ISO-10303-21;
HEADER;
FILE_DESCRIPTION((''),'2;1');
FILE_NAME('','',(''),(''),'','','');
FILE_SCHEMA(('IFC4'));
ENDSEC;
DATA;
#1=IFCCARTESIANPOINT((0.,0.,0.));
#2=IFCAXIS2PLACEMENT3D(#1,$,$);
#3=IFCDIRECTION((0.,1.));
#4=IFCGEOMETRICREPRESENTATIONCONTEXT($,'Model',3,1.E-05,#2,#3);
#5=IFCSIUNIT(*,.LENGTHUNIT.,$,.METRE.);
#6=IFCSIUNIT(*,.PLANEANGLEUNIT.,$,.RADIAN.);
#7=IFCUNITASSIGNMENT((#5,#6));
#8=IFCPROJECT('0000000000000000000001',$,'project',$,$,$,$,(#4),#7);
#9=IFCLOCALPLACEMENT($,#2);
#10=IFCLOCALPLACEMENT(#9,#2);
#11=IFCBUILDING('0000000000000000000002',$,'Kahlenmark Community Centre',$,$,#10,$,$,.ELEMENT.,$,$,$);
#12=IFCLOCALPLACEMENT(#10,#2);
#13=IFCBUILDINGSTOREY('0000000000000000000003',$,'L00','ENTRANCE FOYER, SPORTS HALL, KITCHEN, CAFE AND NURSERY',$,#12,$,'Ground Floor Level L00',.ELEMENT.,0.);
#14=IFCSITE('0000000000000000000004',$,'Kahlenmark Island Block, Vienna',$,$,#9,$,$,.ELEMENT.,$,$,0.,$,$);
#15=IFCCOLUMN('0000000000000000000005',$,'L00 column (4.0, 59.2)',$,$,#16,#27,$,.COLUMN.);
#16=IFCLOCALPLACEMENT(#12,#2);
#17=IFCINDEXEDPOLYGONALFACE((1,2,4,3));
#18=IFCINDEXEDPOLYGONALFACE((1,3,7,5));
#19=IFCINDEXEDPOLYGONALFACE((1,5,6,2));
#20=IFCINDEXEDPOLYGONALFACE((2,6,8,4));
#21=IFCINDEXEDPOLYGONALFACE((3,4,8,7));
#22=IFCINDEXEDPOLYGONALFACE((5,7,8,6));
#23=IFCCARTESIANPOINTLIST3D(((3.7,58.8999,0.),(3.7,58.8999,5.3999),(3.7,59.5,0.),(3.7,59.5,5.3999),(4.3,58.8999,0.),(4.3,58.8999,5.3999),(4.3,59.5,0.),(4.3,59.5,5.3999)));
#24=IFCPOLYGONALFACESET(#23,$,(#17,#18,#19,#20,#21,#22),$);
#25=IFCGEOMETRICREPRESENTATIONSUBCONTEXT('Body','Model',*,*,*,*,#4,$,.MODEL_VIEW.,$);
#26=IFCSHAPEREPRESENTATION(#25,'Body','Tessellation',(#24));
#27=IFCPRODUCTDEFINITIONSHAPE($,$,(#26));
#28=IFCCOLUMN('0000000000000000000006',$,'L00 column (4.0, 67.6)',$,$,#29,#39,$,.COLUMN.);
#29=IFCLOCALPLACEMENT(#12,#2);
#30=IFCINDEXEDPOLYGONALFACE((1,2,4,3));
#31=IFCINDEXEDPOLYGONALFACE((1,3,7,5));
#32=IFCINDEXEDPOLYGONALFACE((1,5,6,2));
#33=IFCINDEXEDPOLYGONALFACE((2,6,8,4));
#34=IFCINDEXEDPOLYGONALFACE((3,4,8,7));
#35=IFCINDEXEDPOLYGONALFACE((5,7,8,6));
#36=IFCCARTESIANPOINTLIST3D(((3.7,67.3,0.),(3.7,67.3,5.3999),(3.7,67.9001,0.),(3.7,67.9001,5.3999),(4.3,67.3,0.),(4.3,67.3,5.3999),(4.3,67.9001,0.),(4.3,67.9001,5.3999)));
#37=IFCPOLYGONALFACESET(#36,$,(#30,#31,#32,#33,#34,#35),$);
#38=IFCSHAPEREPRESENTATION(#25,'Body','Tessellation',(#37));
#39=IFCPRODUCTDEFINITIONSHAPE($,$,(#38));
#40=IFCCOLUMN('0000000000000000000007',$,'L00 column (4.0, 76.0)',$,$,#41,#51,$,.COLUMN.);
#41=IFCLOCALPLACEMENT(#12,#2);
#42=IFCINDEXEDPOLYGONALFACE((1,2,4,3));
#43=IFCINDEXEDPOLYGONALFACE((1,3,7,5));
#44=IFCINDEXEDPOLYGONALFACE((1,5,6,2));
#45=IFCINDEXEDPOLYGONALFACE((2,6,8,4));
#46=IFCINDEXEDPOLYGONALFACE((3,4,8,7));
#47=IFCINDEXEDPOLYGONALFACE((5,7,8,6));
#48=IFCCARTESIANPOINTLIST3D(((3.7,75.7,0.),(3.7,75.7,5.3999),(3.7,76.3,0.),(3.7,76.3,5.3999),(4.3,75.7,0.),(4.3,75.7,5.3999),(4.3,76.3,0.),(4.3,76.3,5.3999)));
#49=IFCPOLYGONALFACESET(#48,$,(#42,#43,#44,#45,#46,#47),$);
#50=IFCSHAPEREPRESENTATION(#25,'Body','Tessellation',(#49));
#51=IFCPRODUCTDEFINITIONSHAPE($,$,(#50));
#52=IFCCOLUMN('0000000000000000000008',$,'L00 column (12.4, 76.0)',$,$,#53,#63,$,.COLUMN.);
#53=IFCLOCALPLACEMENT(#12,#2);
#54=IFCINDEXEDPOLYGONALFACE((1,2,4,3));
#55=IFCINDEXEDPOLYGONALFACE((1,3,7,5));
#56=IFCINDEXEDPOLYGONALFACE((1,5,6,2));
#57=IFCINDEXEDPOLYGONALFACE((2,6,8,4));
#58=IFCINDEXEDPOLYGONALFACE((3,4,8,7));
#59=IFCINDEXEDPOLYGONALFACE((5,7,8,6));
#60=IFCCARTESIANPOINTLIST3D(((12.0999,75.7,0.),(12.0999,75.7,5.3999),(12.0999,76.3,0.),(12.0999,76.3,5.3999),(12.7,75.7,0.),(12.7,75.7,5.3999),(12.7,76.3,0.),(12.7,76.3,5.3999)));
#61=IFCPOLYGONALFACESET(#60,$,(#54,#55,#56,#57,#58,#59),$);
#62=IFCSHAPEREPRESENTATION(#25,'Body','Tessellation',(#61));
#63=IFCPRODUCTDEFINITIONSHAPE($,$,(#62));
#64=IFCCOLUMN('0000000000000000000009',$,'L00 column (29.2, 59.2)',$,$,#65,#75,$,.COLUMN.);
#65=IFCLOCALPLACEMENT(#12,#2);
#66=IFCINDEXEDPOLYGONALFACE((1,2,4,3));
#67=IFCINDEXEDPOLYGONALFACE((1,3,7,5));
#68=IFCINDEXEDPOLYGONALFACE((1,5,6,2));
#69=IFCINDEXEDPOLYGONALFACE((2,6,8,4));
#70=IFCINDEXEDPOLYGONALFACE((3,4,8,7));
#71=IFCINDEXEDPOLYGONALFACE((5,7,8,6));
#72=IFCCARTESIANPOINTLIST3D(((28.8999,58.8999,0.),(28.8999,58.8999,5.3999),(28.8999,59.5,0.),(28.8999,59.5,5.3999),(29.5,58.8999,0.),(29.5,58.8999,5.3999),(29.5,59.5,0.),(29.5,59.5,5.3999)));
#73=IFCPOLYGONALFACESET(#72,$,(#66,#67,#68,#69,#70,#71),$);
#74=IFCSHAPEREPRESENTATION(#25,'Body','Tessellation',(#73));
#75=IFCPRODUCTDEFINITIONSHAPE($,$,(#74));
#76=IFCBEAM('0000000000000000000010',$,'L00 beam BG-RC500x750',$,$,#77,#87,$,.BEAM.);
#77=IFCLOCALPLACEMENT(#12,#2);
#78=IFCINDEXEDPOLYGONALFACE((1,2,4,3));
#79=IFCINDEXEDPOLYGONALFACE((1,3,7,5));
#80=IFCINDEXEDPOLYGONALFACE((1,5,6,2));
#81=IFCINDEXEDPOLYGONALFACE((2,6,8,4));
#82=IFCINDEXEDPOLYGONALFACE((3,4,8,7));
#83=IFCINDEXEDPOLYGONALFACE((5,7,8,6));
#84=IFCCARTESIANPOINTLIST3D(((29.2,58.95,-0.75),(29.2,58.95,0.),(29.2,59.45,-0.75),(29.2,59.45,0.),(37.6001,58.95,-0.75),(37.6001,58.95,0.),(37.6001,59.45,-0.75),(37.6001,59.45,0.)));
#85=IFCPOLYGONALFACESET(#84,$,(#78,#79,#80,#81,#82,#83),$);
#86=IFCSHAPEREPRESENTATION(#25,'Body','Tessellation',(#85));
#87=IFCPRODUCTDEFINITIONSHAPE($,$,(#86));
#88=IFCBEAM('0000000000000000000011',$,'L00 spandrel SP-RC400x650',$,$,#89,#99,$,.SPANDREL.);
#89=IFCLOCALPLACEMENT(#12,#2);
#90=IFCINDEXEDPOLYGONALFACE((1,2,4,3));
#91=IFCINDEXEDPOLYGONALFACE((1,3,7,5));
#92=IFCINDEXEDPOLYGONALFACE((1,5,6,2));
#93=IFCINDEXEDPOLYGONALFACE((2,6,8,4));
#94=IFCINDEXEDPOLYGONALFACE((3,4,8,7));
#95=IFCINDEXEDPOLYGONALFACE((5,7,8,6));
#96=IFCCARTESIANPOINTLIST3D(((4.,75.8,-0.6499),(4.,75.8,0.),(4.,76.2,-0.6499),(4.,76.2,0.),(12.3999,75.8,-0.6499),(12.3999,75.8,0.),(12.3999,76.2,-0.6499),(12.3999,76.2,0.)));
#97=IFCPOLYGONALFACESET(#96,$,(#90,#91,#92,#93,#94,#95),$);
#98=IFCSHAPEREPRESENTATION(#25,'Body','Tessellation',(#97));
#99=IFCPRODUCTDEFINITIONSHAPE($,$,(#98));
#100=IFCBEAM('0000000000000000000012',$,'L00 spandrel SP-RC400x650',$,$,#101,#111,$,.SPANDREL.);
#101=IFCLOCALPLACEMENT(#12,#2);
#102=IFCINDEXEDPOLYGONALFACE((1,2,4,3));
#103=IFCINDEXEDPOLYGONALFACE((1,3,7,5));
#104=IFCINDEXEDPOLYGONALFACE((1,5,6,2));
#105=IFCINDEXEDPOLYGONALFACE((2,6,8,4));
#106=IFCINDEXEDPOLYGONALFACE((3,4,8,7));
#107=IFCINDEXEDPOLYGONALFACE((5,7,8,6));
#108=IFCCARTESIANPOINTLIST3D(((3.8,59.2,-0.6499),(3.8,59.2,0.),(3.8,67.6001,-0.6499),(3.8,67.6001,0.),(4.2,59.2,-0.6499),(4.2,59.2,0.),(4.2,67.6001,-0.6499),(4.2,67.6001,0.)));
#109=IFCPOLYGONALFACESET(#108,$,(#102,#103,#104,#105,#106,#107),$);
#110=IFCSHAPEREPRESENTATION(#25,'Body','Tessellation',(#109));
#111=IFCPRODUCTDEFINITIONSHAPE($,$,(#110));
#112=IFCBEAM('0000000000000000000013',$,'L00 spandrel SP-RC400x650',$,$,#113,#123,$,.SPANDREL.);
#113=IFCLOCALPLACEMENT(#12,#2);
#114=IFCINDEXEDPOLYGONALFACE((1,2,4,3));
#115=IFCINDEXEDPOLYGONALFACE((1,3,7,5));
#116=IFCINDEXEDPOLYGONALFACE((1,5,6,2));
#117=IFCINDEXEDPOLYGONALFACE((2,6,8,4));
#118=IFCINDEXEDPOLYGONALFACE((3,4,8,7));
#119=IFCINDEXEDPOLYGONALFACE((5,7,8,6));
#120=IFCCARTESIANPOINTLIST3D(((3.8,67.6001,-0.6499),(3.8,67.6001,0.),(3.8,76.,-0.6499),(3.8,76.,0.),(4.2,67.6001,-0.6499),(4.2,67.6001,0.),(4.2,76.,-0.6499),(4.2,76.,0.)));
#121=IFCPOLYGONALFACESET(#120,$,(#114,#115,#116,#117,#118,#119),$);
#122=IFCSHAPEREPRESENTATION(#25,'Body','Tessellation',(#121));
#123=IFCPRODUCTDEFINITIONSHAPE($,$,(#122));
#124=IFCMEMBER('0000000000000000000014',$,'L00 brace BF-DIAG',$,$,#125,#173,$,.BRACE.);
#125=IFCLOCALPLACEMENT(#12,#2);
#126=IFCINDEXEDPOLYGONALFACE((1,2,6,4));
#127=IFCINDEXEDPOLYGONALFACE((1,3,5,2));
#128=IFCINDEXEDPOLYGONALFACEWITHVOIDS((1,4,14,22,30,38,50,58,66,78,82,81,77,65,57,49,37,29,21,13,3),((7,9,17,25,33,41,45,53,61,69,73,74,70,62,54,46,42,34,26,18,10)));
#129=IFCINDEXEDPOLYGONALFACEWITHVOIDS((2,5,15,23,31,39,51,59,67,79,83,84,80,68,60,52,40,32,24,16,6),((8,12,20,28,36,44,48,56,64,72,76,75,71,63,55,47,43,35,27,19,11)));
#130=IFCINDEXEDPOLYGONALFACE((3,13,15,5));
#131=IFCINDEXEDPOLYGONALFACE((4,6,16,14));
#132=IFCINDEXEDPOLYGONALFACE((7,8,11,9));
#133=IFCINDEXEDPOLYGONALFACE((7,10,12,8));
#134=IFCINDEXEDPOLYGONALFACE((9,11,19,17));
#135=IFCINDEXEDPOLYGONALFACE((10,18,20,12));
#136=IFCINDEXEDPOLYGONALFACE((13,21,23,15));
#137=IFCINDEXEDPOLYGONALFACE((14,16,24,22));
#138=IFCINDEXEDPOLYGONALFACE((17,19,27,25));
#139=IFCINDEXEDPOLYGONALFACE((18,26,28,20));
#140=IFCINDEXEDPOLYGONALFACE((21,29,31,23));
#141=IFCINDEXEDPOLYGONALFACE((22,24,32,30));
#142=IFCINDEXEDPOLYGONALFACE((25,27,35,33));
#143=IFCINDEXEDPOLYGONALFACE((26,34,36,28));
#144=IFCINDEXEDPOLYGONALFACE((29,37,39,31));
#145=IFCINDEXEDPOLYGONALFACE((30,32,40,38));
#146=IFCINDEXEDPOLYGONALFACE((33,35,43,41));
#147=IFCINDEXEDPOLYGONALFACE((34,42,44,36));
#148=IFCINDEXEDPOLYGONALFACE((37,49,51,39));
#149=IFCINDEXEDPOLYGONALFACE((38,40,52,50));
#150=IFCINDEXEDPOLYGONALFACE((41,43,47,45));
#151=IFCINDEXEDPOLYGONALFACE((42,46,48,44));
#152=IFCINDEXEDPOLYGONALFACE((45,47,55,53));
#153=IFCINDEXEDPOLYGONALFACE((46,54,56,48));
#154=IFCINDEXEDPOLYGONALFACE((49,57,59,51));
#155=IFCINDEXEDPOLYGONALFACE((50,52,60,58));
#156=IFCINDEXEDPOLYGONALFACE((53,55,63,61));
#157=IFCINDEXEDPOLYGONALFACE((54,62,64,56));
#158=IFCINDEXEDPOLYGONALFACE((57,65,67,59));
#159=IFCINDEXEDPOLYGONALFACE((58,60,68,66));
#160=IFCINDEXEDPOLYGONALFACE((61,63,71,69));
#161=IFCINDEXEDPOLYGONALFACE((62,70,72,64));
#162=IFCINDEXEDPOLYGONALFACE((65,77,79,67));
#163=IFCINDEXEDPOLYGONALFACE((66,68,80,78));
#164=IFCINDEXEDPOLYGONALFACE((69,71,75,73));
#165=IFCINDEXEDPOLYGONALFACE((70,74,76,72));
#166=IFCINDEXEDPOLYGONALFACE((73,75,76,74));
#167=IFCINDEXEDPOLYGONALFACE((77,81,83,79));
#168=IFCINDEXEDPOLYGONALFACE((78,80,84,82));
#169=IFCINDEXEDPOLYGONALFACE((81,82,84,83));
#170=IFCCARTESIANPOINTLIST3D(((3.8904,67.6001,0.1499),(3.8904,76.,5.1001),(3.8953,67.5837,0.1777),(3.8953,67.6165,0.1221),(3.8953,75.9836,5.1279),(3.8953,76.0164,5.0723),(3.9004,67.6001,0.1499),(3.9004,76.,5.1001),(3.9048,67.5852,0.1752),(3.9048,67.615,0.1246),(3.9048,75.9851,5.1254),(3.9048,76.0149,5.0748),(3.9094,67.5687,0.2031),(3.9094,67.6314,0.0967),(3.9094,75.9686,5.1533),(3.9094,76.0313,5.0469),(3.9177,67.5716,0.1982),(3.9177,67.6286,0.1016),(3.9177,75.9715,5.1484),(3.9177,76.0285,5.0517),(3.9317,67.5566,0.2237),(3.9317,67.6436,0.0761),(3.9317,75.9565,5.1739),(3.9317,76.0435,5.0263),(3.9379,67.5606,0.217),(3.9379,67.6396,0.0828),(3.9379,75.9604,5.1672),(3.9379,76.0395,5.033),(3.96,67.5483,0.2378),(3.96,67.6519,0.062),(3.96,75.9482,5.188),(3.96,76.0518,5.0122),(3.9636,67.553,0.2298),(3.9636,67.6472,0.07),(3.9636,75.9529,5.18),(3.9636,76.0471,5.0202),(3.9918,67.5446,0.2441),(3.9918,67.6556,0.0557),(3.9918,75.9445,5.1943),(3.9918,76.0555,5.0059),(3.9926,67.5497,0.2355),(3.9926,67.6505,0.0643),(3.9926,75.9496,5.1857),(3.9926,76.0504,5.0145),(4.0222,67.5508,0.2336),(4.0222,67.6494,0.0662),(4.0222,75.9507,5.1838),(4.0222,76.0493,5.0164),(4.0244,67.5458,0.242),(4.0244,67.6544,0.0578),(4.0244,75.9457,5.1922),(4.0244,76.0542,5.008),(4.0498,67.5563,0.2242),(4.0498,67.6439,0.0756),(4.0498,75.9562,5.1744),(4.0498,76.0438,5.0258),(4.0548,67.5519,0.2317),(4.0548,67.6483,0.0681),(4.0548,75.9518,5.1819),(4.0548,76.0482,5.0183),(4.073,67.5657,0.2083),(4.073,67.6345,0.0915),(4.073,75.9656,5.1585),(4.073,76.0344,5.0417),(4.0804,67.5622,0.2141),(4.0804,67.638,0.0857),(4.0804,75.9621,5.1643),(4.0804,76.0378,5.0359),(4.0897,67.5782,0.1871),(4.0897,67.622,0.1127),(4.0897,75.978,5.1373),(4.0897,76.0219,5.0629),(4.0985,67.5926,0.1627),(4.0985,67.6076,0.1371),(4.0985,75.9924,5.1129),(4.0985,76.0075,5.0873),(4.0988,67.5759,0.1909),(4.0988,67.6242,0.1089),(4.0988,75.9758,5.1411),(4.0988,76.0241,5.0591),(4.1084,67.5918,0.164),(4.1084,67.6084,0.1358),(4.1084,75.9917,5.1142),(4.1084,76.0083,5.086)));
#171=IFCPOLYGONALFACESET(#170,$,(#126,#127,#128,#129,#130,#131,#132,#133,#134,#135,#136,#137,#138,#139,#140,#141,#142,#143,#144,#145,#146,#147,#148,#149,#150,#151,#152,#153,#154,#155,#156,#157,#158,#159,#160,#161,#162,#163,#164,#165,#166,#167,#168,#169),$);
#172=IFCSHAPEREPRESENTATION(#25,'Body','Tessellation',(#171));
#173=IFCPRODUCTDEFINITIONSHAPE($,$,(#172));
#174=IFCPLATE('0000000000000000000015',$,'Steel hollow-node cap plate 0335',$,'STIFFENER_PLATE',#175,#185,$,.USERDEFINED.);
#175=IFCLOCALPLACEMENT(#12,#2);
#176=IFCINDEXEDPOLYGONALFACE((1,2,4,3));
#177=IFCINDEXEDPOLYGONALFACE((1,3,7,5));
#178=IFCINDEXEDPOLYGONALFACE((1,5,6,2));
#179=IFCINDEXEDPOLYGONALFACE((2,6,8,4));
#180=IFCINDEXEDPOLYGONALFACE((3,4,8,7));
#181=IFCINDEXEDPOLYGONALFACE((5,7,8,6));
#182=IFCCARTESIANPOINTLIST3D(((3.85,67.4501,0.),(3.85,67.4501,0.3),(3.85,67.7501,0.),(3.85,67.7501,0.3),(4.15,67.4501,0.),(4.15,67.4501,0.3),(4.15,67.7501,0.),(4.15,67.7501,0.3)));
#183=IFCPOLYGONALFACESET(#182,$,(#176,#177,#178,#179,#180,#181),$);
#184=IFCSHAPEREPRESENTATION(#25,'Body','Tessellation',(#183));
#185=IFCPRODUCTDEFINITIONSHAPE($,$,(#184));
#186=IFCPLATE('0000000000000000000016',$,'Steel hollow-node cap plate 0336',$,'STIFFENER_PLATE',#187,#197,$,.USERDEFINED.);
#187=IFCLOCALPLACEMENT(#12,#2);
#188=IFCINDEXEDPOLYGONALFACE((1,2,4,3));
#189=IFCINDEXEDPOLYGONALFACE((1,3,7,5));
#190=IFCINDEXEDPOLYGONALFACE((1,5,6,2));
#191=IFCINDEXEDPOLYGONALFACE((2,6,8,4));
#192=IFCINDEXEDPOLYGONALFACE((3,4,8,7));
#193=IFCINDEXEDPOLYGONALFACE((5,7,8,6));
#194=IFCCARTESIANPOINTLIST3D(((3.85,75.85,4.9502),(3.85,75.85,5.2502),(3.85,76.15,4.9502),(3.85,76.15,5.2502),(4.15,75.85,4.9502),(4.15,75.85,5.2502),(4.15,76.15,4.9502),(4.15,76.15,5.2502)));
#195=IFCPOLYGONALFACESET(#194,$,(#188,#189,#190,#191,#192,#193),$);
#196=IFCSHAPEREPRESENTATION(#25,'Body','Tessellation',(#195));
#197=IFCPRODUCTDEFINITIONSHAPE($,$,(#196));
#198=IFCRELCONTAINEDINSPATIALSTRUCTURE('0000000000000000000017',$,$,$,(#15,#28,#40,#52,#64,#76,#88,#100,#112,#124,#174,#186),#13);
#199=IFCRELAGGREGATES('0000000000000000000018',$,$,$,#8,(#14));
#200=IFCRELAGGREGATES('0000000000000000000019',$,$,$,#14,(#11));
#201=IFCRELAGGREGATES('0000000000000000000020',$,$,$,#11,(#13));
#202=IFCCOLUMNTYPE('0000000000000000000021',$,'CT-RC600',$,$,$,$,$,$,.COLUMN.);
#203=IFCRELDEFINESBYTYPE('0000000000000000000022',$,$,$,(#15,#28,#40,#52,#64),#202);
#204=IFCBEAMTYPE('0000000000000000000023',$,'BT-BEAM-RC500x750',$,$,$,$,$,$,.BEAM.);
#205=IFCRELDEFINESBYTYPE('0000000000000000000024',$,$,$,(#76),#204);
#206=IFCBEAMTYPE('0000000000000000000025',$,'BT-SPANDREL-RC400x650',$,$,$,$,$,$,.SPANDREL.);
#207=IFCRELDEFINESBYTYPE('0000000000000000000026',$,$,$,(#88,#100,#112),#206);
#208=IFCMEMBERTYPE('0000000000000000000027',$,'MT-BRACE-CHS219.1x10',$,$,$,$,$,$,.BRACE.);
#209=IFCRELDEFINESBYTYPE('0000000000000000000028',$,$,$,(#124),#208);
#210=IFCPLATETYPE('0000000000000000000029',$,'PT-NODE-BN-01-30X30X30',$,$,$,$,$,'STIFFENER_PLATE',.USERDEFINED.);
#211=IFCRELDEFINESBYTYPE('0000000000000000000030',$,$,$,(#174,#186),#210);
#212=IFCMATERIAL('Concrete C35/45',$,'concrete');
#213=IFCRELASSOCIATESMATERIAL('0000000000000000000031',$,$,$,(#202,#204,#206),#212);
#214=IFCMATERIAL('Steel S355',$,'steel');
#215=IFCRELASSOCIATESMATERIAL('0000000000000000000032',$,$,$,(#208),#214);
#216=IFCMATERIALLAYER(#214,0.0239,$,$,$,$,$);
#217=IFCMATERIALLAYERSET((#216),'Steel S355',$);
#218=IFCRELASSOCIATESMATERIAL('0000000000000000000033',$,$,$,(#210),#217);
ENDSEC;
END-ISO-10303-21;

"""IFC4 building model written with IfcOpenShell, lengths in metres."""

from ifc_helpers import new_model, si_unit, direction, frame, origin, origin_2d, place, context, subcontext, project, spatial, rectangle, hollow_circle, extrude, material, layer, layer_set, material_profile, profile_set, type_object, element, save


model = new_model("IFC4")

# Units and contexts
model_context = context("Model", 3, precision=1e-05, world=origin(), true_north=direction((0.0, 1.0)))
body_context = subcontext(model_context, "Body", "Model", "MODEL_VIEW")
ifc_project = project(units=[si_unit("LENGTHUNIT", "METRE"), si_unit("PLANEANGLEUNIT", "RADIAN")], contexts=[model_context])

# Site, building, storey
site_placement = place(None, origin())
site = spatial("IfcSite", under=ifc_project, at=site_placement, Name="Kahlenmark Island Block, Vienna", CompositionType="ELEMENT", RefElevation=0.0)
building_placement = place(site_placement, origin())
building = spatial("IfcBuilding", under=site, at=building_placement, Name="Kahlenmark Community Centre", CompositionType="ELEMENT")
storey_placement = place(building_placement, origin())
storey = spatial("IfcBuildingStorey", under=building, at=storey_placement, Name="L00", Description="ENTRANCE FOYER, SPORTS HALL, KITCHEN, CAFE AND NURSERY", LongName="Ground Floor Level L00", CompositionType="ELEMENT", Elevation=0.0)

# Columns
ifc_material_1 = material(Name="Concrete C35/45", Category="concrete")
ifc_material_profile_1 = material_profile(ifc_material_1, rectangle(XDim=0.6001, YDim=0.6001, at=origin_2d()), Name="RC 600x600")
ifc_profile_set_1 = profile_set([ifc_material_profile_1], Name="Concrete C35/45")
column_type = type_object("IfcColumnType", Name="CT-RC600", PredefinedType="COLUMN", material=ifc_profile_set_1)
for number, where, z_axis, x_axis, name in (
    (1, (4.0, 59.2, 0.0), (0.0, 0.0, 1.0), (1.0, 0.0, 0.0), "L00 column (4.0, 59.2)"),
    (2, (4.0, 67.6001, 0.0), (0.0, 0.0, 1.0), (1.0, 0.0, 0.0), "L00 column (4.0, 67.6)"),
    (3, (4.0, 76.0, 0.0), (0.0, 0.0, 1.0), (1.0, 0.0, 0.0), "L00 column (4.0, 76.0)"),
    (4, (12.3999, 76.0, 0.0), (0.0, 0.0, 1.0), (1.0, 0.0, 0.0), "L00 column (12.4, 76.0)"),
    (5, (29.2, 59.2, 0.0), (0.0, 0.0, 1.0), (1.0, 0.0, 0.0), "L00 column (29.2, 59.2)"),
):
    element("IfcColumn", number, at=place(storey_placement, frame(where, z_axis=z_axis, x_axis=x_axis)), inside=storey, type_object=column_type, Name=name, PredefinedType="COLUMN", context=body_context, shape_type="SweptSolid", body=[
        extrude(rectangle(XDim=0.6001, YDim=0.6001, at=origin_2d()), origin(), (0.0, 0.0, 1.0), 5.3999),
    ])

# Beams
ifc_material_profile_2 = material_profile(ifc_material_1, rectangle(XDim=0.5, YDim=0.75, at=origin_2d()), Name="RC 500x750")
ifc_profile_set_2 = profile_set([ifc_material_profile_2], Name="Concrete C35/45")
beam_type_1 = type_object("IfcBeamType", Name="BT-BEAM-RC500x750", PredefinedType="BEAM", material=ifc_profile_set_2)
beam_1_placement = place(storey_placement, frame((29.2, 59.2, -0.375), z_axis=(1.0, 0.0, 0.0), x_axis=(0.0, 1.0, 0.0)))
element("IfcBeam", 6, at=beam_1_placement, inside=storey, type_object=beam_type_1, Name="L00 beam BG-RC500x750", PredefinedType="BEAM", context=body_context, shape_type="SweptSolid", body=[
    extrude(rectangle(XDim=0.5, YDim=0.75, at=origin_2d()), origin(), (0.0, 0.0, 1.0), 8.4001),
])
ifc_material_profile_3 = material_profile(ifc_material_1, rectangle(XDim=0.3999, YDim=0.6499, at=origin_2d()), Name="RC 400x650")
ifc_profile_set_3 = profile_set([ifc_material_profile_3], Name="Concrete C35/45")
beam_type_2 = type_object("IfcBeamType", Name="BT-SPANDREL-RC400x650", PredefinedType="SPANDREL", material=ifc_profile_set_3)
beam_2_placement = place(storey_placement, frame((4.0, 76.0, -0.325), z_axis=(1.0, 0.0, 0.0), x_axis=(0.0, 1.0, 0.0)))
element("IfcBeam", 7, at=beam_2_placement, inside=storey, type_object=beam_type_2, Name="L00 spandrel SP-RC400x650", PredefinedType="SPANDREL", context=body_context, shape_type="SweptSolid", body=[
    extrude(rectangle(XDim=0.3999, YDim=0.6499, at=origin_2d()), origin(), (0.0, 0.0, 1.0), 8.3999),
])
beam_3_placement = place(storey_placement, frame((4.0, 59.2, -0.325), z_axis=(0.0, 1.0, 0.0), x_axis=(-1.0, 0.0, 0.0)))
element("IfcBeam", 8, at=beam_3_placement, inside=storey, type_object=beam_type_2, Name="L00 spandrel SP-RC400x650", PredefinedType="SPANDREL", context=body_context, shape_type="SweptSolid", body=[
    extrude(rectangle(XDim=0.3999, YDim=0.6499, at=origin_2d()), origin(), (0.0, 0.0, 1.0), 8.4001),
])
beam_4_placement = place(storey_placement, frame((4.0, 67.6001, -0.325), z_axis=(0.0, 1.0, 0.0), x_axis=(-1.0, 0.0, 0.0)))
element("IfcBeam", 9, at=beam_4_placement, inside=storey, type_object=beam_type_2, Name="L00 spandrel SP-RC400x650", PredefinedType="SPANDREL", context=body_context, shape_type="SweptSolid", body=[
    extrude(rectangle(XDim=0.3999, YDim=0.6499, at=origin_2d()), origin(), (0.0, 0.0, 1.0), 8.3999),
])

# Member
ifc_material_2 = material(Name="Steel S355", Category="steel")
ifc_material_profile_4 = material_profile(ifc_material_2, hollow_circle(Radius=0.1096, WallThickness=0.01, at=origin_2d()), Name="CHS 219.1x10")
ifc_profile_set_4 = profile_set([ifc_material_profile_4], Name="Steel S355")
member_type = type_object("IfcMemberType", Name="MT-BRACE-CHS219.1x10", PredefinedType="BRACE", material=ifc_profile_set_4)
member_placement = place(storey_placement, frame((4.0, 67.6001, 0.1499), z_axis=(0.0, 0.861527, 0.507712), x_axis=(-1.0, 0.0, 0.0)))
element("IfcMember", 10, at=member_placement, inside=storey, type_object=member_type, Name="L00 brace BF-DIAG", PredefinedType="BRACE", context=body_context, shape_type="SweptSolid", body=[
    extrude(hollow_circle(Radius=0.1096, WallThickness=0.01, at=origin_2d()), origin(), (0.0, 0.0, 1.0), 9.75),
])

# Plates
ifc_layer_1 = layer(ifc_material_2, 0.0239)
ifc_layer_set_1 = layer_set([ifc_layer_1], Name="Steel S355")
plate_type = type_object("IfcPlateType", Name="PT-NODE-BN-01-30X30X30", ElementType="STIFFENER_PLATE", PredefinedType="USERDEFINED", material=ifc_layer_set_1)
for number, where, z_axis, x_axis, name in (
    (11, (4.0, 67.6001, 0.0), (0.0, 0.0, 1.0), (1.0, 0.0, 0.0), "Steel hollow-node cap plate 0335"),
    (12, (4.0, 76.0, 4.9502), (0.0, 0.0, 1.0), (1.0, 0.0, 0.0), "Steel hollow-node cap plate 0336"),
):
    element("IfcPlate", number, at=place(storey_placement, frame(where, z_axis=z_axis, x_axis=x_axis)), inside=storey, type_object=plate_type, Name=name, ObjectType="STIFFENER_PLATE", PredefinedType="USERDEFINED", context=body_context, shape_type="SweptSolid", body=[
        extrude(rectangle(XDim=0.3, YDim=0.3, at=origin_2d()), origin(), (0.0, 0.0, 1.0), 0.3),
    ])

save(model, "model.ifc")
